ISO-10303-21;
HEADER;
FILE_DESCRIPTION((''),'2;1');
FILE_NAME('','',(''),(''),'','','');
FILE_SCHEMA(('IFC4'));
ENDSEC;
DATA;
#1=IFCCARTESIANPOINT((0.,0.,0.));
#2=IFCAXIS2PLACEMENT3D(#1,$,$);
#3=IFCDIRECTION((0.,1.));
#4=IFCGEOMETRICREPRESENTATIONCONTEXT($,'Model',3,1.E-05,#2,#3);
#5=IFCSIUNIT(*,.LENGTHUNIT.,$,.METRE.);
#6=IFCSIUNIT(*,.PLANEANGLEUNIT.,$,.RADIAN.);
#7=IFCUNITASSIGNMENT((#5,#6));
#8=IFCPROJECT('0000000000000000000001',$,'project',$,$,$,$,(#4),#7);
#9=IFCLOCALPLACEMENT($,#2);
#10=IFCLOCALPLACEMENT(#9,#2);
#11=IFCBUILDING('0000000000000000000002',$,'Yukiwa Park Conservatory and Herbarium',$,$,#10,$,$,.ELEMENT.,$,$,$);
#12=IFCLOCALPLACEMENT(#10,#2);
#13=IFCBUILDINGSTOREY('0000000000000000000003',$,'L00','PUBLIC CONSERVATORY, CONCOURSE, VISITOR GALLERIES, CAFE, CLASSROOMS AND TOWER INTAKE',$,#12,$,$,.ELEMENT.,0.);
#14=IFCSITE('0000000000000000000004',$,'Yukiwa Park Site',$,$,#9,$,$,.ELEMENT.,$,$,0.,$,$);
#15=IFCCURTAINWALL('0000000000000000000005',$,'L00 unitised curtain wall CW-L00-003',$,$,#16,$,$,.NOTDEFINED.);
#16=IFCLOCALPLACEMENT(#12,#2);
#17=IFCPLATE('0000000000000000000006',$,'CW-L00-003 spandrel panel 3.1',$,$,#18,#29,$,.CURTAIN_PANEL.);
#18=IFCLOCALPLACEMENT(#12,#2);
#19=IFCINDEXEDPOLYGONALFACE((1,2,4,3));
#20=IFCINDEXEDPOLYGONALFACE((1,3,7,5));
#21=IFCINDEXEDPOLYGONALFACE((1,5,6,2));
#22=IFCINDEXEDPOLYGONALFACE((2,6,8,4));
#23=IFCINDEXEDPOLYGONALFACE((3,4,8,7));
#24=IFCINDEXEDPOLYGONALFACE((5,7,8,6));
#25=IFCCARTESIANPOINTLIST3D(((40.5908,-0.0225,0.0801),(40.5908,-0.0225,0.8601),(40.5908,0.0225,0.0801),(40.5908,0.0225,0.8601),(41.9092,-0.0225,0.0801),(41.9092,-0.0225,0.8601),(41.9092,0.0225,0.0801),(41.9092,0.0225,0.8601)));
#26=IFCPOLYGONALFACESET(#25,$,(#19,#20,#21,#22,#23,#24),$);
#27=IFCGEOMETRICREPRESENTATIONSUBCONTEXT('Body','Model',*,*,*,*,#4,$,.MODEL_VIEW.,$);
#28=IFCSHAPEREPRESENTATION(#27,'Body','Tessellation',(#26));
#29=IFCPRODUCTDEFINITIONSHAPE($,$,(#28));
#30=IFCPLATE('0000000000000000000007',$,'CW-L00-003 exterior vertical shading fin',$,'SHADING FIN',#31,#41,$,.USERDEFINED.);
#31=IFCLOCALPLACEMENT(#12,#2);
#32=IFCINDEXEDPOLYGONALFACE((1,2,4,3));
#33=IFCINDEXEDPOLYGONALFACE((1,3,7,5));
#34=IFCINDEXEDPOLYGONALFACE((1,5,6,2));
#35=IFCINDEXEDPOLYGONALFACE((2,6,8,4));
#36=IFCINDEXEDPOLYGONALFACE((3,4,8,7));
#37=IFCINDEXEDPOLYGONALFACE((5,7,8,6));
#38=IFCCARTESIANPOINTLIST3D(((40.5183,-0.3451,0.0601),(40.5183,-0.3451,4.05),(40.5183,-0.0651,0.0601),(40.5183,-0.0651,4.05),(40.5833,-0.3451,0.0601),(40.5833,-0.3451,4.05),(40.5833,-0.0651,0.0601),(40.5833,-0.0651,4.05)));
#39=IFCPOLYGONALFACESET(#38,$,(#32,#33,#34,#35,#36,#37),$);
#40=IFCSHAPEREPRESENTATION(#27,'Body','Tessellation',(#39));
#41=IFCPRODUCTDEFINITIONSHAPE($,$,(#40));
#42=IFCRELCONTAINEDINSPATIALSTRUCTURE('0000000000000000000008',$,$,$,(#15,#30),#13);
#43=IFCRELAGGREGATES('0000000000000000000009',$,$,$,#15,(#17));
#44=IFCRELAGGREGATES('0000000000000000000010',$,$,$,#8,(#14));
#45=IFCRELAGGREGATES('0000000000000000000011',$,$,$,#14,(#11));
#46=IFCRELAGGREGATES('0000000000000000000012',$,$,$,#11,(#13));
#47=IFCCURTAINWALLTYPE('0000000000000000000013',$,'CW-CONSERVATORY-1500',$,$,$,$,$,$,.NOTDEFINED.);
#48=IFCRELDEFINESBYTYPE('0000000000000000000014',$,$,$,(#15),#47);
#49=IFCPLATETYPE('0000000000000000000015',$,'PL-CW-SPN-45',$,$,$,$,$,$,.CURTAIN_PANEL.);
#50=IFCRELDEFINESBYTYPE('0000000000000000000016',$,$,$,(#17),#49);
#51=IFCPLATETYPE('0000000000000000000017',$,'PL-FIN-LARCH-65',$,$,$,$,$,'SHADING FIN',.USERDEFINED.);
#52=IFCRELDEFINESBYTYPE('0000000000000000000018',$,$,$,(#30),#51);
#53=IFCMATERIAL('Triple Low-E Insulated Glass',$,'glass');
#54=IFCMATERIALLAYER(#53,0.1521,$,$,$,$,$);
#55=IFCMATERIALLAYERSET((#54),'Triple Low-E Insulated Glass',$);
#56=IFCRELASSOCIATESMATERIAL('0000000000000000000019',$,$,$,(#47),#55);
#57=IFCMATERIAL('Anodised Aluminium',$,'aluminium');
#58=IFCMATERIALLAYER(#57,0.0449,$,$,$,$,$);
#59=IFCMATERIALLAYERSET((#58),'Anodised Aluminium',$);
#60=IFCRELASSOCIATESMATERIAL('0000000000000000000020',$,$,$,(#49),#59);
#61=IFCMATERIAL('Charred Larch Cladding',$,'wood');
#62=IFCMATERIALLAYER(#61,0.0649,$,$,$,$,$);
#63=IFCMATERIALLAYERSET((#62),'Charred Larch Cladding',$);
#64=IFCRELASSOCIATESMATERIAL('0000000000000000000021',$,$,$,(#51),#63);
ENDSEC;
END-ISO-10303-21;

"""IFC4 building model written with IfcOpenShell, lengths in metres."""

from ifc_helpers import new_model, si_unit, direction, frame, origin, origin_2d, place, context, subcontext, project, spatial, rectangle, extrude, material, layer, layer_set, type_object, element, aggregate, save


model = new_model("IFC4")

# Units and contexts
model_context = context("Model", 3, precision=1e-05, world=origin(), true_north=direction((0.0, 1.0)))
body_context = subcontext(model_context, "Body", "Model", "MODEL_VIEW")
ifc_project = project(units=[si_unit("LENGTHUNIT", "METRE"), si_unit("PLANEANGLEUNIT", "RADIAN")], contexts=[model_context])

# Site, building, storey
site_placement = place(None, origin())
site = spatial("IfcSite", under=ifc_project, at=site_placement, Name="Yukiwa Park Site", CompositionType="ELEMENT", RefElevation=0.0)
building_placement = place(site_placement, origin())
building = spatial("IfcBuilding", under=site, at=building_placement, Name="Yukiwa Park Conservatory and Herbarium", CompositionType="ELEMENT")
storey_placement = place(building_placement, origin())
storey = spatial("IfcBuildingStorey", under=building, at=storey_placement, Name="L00", Description="PUBLIC CONSERVATORY, CONCOURSE, VISITOR GALLERIES, CAFE, CLASSROOMS AND TOWER INTAKE", CompositionType="ELEMENT", Elevation=0.0)

# Curtain wall, plate
ifc_material_1 = material(Name="Triple Low-E Insulated Glass", Category="glass")
ifc_layer_1 = layer(ifc_material_1, 0.1521)
ifc_layer_set_1 = layer_set([ifc_layer_1], Name="Triple Low-E Insulated Glass")
curtain_wall_type = type_object("IfcCurtainWallType", Name="CW-CONSERVATORY-1500", PredefinedType="NOTDEFINED", material=ifc_layer_set_1)
curtain_wall_placement = place(storey_placement, origin())
curtain_wall = element("IfcCurtainWall", 1, at=curtain_wall_placement, inside=storey, type_object=curtain_wall_type, Name="L00 unitised curtain wall CW-L00-003", PredefinedType="NOTDEFINED")
ifc_material_2 = material(Name="Anodised Aluminium", Category="aluminium")
ifc_layer_2 = layer(ifc_material_2, 0.0449)
ifc_layer_set_2 = layer_set([ifc_layer_2], Name="Anodised Aluminium")
plate_type_1 = type_object("IfcPlateType", Name="PL-CW-SPN-45", PredefinedType="CURTAIN_PANEL", material=ifc_layer_set_2)
plate_1_placement = place(storey_placement, frame((41.25, 0.0, 0.0801), z_axis=(0.0, 0.0, 1.0), x_axis=(1.0, 0.0, 0.0)))
plate_1 = element("IfcPlate", 2, at=plate_1_placement, type_object=plate_type_1, Name="CW-L00-003 spandrel panel 3.1", PredefinedType="CURTAIN_PANEL", context=body_context, shape_type="SweptSolid", body=[
    extrude(rectangle(XDim=1.3184, YDim=0.0449, at=origin_2d()), origin(), (0.0, 0.0, 1.0), 0.78),
])
aggregate(curtain_wall, [plate_1])

# Plate
ifc_material_3 = material(Name="Charred Larch Cladding", Category="wood")
ifc_layer_3 = layer(ifc_material_3, 0.0649)
ifc_layer_set_3 = layer_set([ifc_layer_3], Name="Charred Larch Cladding")
plate_type_2 = type_object("IfcPlateType", Name="PL-FIN-LARCH-65", ElementType="SHADING FIN", PredefinedType="USERDEFINED", material=ifc_layer_set_3)
plate_2_placement = place(storey_placement, frame((40.5508, -0.2051, 0.0601), z_axis=(0.0, 0.0, 1.0), x_axis=(1.0, 0.0, 0.0)))
element("IfcPlate", 3, at=plate_2_placement, inside=storey, type_object=plate_type_2, Name="CW-L00-003 exterior vertical shading fin", ObjectType="SHADING FIN", PredefinedType="USERDEFINED", context=body_context, shape_type="SweptSolid", body=[
    extrude(rectangle(XDim=0.0649, YDim=0.28, at=origin_2d()), origin(), (0.0, 0.0, 1.0), 3.99),
])

save(model, "model.ifc")
